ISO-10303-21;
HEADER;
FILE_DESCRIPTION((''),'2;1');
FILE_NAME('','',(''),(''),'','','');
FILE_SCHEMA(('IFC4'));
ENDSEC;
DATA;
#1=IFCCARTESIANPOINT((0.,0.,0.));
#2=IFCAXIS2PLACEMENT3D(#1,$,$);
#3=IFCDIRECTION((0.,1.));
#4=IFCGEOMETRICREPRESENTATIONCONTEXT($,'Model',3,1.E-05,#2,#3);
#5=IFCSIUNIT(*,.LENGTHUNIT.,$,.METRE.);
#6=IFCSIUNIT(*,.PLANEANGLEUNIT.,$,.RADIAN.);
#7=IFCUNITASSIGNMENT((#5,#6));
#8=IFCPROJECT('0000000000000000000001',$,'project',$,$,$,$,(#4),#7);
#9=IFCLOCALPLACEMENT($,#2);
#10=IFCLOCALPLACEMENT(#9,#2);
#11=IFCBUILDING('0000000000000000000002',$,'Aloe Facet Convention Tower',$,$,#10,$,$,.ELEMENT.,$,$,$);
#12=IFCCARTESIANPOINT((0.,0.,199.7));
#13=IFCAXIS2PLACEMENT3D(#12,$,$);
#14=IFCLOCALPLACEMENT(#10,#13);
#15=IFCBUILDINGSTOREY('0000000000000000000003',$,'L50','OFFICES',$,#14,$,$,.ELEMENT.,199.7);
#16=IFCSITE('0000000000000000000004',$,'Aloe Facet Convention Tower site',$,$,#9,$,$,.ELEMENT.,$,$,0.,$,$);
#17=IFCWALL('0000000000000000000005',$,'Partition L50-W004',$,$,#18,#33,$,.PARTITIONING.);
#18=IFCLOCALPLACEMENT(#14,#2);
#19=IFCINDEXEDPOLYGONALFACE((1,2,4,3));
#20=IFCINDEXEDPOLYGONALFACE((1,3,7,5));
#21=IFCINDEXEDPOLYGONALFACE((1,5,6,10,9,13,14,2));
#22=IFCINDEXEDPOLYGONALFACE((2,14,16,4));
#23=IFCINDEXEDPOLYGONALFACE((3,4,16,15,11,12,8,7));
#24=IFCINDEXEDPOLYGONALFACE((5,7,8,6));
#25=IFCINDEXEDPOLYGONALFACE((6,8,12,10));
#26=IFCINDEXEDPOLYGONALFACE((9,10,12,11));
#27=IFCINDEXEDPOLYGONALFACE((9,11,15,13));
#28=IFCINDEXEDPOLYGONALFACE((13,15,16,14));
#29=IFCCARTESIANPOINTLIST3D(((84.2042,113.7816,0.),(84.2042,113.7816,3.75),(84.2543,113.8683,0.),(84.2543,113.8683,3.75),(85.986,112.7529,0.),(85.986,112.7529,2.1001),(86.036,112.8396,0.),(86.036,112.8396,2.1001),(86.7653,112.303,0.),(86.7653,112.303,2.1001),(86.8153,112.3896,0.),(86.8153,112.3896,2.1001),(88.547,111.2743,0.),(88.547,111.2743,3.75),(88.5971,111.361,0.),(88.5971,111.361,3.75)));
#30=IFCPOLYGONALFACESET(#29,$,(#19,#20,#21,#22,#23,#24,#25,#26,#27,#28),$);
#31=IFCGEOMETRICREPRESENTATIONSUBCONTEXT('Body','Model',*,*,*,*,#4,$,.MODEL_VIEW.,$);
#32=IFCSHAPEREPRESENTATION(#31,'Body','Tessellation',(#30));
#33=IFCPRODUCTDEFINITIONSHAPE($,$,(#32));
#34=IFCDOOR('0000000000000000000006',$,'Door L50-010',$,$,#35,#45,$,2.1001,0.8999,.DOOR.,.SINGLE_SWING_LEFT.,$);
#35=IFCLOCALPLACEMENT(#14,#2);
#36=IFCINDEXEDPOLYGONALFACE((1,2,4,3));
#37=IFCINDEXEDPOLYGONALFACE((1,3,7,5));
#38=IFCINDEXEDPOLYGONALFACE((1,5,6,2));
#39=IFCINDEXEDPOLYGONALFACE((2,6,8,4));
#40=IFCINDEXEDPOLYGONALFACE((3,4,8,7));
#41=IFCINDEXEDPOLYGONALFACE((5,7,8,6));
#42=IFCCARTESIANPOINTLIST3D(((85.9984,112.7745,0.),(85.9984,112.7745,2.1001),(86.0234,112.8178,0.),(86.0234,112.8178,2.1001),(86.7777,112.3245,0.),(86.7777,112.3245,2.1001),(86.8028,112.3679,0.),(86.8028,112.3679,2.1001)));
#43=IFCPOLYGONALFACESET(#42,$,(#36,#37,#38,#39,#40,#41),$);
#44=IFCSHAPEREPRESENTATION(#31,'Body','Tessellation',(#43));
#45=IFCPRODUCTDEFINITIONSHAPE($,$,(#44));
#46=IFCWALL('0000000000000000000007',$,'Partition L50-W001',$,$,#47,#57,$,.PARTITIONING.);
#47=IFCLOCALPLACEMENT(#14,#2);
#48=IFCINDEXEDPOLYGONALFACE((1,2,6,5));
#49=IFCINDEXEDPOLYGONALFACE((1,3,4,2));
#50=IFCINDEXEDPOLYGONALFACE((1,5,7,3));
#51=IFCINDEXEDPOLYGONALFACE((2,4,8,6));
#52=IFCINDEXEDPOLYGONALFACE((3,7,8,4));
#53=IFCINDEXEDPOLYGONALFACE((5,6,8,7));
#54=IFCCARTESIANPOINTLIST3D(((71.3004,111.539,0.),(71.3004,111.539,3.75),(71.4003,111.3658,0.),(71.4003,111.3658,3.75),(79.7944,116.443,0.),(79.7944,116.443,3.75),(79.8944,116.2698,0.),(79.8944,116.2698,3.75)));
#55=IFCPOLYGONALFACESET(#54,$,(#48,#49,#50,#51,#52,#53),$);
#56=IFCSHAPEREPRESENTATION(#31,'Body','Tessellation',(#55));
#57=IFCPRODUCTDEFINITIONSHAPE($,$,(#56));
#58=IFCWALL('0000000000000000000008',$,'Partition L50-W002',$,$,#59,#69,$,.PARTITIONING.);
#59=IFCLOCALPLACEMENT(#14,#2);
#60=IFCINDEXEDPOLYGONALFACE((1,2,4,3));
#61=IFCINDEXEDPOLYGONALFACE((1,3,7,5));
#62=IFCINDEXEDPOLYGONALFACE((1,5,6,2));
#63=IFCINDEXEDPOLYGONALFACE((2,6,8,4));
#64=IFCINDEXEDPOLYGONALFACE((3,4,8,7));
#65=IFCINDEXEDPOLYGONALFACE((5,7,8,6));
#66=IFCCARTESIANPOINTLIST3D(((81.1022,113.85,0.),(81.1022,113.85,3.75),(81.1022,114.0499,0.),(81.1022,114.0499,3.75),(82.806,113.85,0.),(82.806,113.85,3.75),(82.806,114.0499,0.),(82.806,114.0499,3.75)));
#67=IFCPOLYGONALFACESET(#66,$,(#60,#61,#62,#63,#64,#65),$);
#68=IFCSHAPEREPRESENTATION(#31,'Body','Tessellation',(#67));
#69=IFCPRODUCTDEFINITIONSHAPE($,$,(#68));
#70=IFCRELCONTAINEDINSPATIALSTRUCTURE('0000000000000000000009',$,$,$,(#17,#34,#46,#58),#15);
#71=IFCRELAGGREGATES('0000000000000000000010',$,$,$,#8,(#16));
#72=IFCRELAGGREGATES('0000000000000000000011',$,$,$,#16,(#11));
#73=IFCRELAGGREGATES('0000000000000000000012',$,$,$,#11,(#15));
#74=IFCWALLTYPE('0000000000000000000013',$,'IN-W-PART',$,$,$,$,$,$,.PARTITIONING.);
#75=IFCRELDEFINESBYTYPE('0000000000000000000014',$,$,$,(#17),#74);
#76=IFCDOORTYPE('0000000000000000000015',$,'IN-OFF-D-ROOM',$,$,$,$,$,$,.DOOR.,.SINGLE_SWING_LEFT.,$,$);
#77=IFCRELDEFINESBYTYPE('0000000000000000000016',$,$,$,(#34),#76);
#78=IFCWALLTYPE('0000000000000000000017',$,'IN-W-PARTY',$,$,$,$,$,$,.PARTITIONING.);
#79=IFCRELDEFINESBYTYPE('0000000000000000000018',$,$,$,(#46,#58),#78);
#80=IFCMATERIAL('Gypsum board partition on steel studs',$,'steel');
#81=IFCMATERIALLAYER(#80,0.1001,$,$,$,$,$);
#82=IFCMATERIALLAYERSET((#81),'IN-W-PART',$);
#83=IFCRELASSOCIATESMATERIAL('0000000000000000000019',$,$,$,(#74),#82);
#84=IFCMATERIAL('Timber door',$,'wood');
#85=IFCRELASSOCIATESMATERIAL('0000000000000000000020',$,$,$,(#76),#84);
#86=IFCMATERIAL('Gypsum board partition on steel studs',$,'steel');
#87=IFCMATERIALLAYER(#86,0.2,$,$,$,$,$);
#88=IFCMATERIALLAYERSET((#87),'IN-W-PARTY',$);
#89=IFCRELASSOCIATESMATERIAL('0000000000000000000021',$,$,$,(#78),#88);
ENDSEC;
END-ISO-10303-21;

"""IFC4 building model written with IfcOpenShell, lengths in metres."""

from ifc_helpers import new_model, si_unit, direction, frame, frame_2d, origin, place, context, subcontext, project, spatial, rectangle, extrude, material, layer, layer_set, type_object, element, fill, save


model = new_model("IFC4")

# Units and contexts
model_context = context("Model", 3, precision=1e-05, world=origin(), true_north=direction((0.0, 1.0)))
body_context = subcontext(model_context, "Body", "Model", "MODEL_VIEW")
ifc_project = project(units=[si_unit("LENGTHUNIT", "METRE"), si_unit("PLANEANGLEUNIT", "RADIAN")], contexts=[model_context])

# Site, building, storey
site_placement = place(None, origin())
site = spatial("IfcSite", under=ifc_project, at=site_placement, Name="Aloe Facet Convention Tower site", CompositionType="ELEMENT", RefElevation=0.0)
building_placement = place(site_placement, origin())
building = spatial("IfcBuilding", under=site, at=building_placement, Name="Aloe Facet Convention Tower", CompositionType="ELEMENT")
storey_placement = place(building_placement, frame((0.0, 0.0, 199.7)))
storey = spatial("IfcBuildingStorey", under=building, at=storey_placement, Name="L50", Description="OFFICES", CompositionType="ELEMENT", Elevation=199.7)

# Wall, opening, door
ifc_material_1 = material(Name="Gypsum board partition on steel studs", Category="steel")
ifc_layer_1 = layer(ifc_material_1, 0.1001)
ifc_layer_set_1 = layer_set([ifc_layer_1], Name="IN-W-PART")
wall_type_1 = type_object("IfcWallType", Name="IN-W-PART", PredefinedType="PARTITIONING", material=ifc_layer_set_1)
wall_1_placement = place(storey_placement, frame((84.2292, 113.825, 0.0), z_axis=(0.0, 0.0, 1.0), x_axis=(0.866023, -0.500003, 0.0)))
wall_1 = element("IfcWall", 1, at=wall_1_placement, inside=storey, type_object=wall_type_1, Name="Partition L50-W004", PredefinedType="PARTITIONING", context=body_context, shape_type="SweptSolid", body=[
    extrude(rectangle(XDim=5.0146, YDim=0.1001, at=frame_2d((2.5073, 0.0))), origin(), (0.0, 0.0, 1.0), 3.75),
])
opening_1_placement = place(wall_1_placement, frame((2.0574, 0.0, 0.0)))
opening_1 = element("IfcOpeningElement", 2, at=opening_1_placement, cuts=wall_1, PredefinedType="OPENING", context=body_context, shape_type="SweptSolid", body=[
    extrude(rectangle(XDim=0.8999, YDim=2.1001, at=frame_2d((0.45, 1.05))), frame((0.0, 0.0601, 0.0), z_axis=(0.0, -1.0, 0.0), x_axis=(1.0, 0.0, 0.0)), (0.0, 0.0, 1.0), 0.1201),
])
ifc_material_2 = material(Name="Timber door", Category="wood")
door_type = type_object("IfcDoorType", Name="IN-OFF-D-ROOM", OperationType="SINGLE_SWING_LEFT", PredefinedType="DOOR", material=ifc_material_2)
door_placement = place(opening_1_placement, origin())
door = element("IfcDoor", 3, at=door_placement, inside=storey, type_object=door_type, Name="Door L50-010", OperationType="SINGLE_SWING_LEFT", OverallHeight=2.1001, OverallWidth=0.8999, PredefinedType="DOOR", context=body_context, shape_type="SweptSolid", body=[
    extrude(rectangle(XDim=0.8999, YDim=2.1001, at=frame_2d((0.45, 1.05))), frame((0.0, 0.0249, 0.0), z_axis=(0.0, -1.0, 0.0), x_axis=(1.0, 0.0, 0.0)), (0.0, 0.0, 1.0), 0.05),
])
fill(opening_1, door)

# Walls
ifc_material_3 = material(Name="Gypsum board partition on steel studs", Category="steel")
ifc_layer_2 = layer(ifc_material_3, 0.2)
ifc_layer_set_2 = layer_set([ifc_layer_2], Name="IN-W-PARTY")
wall_type_2 = type_object("IfcWallType", Name="IN-W-PARTY", PredefinedType="PARTITIONING", material=ifc_layer_set_2)
wall_2_placement = place(storey_placement, frame((71.3503, 111.4524, 0.0), z_axis=(0.0, 0.0, 1.0), x_axis=(0.866027, 0.499997, 0.0)))
element("IfcWall", 4, at=wall_2_placement, inside=storey, type_object=wall_type_2, Name="Partition L50-W001", PredefinedType="PARTITIONING", context=body_context, shape_type="SweptSolid", body=[
    extrude(rectangle(XDim=9.8081, YDim=0.2, at=frame_2d((4.9041, 0.0))), origin(), (0.0, 0.0, 1.0), 3.75),
])
wall_3_placement = place(storey_placement, frame((81.1021, 113.95, 0.0), z_axis=(0.0, 0.0, 1.0), x_axis=(1.0, 0.0, 0.0)))
element("IfcWall", 5, at=wall_3_placement, inside=storey, type_object=wall_type_2, Name="Partition L50-W002", PredefinedType="PARTITIONING", context=body_context, shape_type="SweptSolid", body=[
    extrude(rectangle(XDim=1.7039, YDim=0.2, at=frame_2d((0.8521, 0.0))), origin(), (0.0, 0.0, 1.0), 3.75),
])

save(model, "model.ifc")
